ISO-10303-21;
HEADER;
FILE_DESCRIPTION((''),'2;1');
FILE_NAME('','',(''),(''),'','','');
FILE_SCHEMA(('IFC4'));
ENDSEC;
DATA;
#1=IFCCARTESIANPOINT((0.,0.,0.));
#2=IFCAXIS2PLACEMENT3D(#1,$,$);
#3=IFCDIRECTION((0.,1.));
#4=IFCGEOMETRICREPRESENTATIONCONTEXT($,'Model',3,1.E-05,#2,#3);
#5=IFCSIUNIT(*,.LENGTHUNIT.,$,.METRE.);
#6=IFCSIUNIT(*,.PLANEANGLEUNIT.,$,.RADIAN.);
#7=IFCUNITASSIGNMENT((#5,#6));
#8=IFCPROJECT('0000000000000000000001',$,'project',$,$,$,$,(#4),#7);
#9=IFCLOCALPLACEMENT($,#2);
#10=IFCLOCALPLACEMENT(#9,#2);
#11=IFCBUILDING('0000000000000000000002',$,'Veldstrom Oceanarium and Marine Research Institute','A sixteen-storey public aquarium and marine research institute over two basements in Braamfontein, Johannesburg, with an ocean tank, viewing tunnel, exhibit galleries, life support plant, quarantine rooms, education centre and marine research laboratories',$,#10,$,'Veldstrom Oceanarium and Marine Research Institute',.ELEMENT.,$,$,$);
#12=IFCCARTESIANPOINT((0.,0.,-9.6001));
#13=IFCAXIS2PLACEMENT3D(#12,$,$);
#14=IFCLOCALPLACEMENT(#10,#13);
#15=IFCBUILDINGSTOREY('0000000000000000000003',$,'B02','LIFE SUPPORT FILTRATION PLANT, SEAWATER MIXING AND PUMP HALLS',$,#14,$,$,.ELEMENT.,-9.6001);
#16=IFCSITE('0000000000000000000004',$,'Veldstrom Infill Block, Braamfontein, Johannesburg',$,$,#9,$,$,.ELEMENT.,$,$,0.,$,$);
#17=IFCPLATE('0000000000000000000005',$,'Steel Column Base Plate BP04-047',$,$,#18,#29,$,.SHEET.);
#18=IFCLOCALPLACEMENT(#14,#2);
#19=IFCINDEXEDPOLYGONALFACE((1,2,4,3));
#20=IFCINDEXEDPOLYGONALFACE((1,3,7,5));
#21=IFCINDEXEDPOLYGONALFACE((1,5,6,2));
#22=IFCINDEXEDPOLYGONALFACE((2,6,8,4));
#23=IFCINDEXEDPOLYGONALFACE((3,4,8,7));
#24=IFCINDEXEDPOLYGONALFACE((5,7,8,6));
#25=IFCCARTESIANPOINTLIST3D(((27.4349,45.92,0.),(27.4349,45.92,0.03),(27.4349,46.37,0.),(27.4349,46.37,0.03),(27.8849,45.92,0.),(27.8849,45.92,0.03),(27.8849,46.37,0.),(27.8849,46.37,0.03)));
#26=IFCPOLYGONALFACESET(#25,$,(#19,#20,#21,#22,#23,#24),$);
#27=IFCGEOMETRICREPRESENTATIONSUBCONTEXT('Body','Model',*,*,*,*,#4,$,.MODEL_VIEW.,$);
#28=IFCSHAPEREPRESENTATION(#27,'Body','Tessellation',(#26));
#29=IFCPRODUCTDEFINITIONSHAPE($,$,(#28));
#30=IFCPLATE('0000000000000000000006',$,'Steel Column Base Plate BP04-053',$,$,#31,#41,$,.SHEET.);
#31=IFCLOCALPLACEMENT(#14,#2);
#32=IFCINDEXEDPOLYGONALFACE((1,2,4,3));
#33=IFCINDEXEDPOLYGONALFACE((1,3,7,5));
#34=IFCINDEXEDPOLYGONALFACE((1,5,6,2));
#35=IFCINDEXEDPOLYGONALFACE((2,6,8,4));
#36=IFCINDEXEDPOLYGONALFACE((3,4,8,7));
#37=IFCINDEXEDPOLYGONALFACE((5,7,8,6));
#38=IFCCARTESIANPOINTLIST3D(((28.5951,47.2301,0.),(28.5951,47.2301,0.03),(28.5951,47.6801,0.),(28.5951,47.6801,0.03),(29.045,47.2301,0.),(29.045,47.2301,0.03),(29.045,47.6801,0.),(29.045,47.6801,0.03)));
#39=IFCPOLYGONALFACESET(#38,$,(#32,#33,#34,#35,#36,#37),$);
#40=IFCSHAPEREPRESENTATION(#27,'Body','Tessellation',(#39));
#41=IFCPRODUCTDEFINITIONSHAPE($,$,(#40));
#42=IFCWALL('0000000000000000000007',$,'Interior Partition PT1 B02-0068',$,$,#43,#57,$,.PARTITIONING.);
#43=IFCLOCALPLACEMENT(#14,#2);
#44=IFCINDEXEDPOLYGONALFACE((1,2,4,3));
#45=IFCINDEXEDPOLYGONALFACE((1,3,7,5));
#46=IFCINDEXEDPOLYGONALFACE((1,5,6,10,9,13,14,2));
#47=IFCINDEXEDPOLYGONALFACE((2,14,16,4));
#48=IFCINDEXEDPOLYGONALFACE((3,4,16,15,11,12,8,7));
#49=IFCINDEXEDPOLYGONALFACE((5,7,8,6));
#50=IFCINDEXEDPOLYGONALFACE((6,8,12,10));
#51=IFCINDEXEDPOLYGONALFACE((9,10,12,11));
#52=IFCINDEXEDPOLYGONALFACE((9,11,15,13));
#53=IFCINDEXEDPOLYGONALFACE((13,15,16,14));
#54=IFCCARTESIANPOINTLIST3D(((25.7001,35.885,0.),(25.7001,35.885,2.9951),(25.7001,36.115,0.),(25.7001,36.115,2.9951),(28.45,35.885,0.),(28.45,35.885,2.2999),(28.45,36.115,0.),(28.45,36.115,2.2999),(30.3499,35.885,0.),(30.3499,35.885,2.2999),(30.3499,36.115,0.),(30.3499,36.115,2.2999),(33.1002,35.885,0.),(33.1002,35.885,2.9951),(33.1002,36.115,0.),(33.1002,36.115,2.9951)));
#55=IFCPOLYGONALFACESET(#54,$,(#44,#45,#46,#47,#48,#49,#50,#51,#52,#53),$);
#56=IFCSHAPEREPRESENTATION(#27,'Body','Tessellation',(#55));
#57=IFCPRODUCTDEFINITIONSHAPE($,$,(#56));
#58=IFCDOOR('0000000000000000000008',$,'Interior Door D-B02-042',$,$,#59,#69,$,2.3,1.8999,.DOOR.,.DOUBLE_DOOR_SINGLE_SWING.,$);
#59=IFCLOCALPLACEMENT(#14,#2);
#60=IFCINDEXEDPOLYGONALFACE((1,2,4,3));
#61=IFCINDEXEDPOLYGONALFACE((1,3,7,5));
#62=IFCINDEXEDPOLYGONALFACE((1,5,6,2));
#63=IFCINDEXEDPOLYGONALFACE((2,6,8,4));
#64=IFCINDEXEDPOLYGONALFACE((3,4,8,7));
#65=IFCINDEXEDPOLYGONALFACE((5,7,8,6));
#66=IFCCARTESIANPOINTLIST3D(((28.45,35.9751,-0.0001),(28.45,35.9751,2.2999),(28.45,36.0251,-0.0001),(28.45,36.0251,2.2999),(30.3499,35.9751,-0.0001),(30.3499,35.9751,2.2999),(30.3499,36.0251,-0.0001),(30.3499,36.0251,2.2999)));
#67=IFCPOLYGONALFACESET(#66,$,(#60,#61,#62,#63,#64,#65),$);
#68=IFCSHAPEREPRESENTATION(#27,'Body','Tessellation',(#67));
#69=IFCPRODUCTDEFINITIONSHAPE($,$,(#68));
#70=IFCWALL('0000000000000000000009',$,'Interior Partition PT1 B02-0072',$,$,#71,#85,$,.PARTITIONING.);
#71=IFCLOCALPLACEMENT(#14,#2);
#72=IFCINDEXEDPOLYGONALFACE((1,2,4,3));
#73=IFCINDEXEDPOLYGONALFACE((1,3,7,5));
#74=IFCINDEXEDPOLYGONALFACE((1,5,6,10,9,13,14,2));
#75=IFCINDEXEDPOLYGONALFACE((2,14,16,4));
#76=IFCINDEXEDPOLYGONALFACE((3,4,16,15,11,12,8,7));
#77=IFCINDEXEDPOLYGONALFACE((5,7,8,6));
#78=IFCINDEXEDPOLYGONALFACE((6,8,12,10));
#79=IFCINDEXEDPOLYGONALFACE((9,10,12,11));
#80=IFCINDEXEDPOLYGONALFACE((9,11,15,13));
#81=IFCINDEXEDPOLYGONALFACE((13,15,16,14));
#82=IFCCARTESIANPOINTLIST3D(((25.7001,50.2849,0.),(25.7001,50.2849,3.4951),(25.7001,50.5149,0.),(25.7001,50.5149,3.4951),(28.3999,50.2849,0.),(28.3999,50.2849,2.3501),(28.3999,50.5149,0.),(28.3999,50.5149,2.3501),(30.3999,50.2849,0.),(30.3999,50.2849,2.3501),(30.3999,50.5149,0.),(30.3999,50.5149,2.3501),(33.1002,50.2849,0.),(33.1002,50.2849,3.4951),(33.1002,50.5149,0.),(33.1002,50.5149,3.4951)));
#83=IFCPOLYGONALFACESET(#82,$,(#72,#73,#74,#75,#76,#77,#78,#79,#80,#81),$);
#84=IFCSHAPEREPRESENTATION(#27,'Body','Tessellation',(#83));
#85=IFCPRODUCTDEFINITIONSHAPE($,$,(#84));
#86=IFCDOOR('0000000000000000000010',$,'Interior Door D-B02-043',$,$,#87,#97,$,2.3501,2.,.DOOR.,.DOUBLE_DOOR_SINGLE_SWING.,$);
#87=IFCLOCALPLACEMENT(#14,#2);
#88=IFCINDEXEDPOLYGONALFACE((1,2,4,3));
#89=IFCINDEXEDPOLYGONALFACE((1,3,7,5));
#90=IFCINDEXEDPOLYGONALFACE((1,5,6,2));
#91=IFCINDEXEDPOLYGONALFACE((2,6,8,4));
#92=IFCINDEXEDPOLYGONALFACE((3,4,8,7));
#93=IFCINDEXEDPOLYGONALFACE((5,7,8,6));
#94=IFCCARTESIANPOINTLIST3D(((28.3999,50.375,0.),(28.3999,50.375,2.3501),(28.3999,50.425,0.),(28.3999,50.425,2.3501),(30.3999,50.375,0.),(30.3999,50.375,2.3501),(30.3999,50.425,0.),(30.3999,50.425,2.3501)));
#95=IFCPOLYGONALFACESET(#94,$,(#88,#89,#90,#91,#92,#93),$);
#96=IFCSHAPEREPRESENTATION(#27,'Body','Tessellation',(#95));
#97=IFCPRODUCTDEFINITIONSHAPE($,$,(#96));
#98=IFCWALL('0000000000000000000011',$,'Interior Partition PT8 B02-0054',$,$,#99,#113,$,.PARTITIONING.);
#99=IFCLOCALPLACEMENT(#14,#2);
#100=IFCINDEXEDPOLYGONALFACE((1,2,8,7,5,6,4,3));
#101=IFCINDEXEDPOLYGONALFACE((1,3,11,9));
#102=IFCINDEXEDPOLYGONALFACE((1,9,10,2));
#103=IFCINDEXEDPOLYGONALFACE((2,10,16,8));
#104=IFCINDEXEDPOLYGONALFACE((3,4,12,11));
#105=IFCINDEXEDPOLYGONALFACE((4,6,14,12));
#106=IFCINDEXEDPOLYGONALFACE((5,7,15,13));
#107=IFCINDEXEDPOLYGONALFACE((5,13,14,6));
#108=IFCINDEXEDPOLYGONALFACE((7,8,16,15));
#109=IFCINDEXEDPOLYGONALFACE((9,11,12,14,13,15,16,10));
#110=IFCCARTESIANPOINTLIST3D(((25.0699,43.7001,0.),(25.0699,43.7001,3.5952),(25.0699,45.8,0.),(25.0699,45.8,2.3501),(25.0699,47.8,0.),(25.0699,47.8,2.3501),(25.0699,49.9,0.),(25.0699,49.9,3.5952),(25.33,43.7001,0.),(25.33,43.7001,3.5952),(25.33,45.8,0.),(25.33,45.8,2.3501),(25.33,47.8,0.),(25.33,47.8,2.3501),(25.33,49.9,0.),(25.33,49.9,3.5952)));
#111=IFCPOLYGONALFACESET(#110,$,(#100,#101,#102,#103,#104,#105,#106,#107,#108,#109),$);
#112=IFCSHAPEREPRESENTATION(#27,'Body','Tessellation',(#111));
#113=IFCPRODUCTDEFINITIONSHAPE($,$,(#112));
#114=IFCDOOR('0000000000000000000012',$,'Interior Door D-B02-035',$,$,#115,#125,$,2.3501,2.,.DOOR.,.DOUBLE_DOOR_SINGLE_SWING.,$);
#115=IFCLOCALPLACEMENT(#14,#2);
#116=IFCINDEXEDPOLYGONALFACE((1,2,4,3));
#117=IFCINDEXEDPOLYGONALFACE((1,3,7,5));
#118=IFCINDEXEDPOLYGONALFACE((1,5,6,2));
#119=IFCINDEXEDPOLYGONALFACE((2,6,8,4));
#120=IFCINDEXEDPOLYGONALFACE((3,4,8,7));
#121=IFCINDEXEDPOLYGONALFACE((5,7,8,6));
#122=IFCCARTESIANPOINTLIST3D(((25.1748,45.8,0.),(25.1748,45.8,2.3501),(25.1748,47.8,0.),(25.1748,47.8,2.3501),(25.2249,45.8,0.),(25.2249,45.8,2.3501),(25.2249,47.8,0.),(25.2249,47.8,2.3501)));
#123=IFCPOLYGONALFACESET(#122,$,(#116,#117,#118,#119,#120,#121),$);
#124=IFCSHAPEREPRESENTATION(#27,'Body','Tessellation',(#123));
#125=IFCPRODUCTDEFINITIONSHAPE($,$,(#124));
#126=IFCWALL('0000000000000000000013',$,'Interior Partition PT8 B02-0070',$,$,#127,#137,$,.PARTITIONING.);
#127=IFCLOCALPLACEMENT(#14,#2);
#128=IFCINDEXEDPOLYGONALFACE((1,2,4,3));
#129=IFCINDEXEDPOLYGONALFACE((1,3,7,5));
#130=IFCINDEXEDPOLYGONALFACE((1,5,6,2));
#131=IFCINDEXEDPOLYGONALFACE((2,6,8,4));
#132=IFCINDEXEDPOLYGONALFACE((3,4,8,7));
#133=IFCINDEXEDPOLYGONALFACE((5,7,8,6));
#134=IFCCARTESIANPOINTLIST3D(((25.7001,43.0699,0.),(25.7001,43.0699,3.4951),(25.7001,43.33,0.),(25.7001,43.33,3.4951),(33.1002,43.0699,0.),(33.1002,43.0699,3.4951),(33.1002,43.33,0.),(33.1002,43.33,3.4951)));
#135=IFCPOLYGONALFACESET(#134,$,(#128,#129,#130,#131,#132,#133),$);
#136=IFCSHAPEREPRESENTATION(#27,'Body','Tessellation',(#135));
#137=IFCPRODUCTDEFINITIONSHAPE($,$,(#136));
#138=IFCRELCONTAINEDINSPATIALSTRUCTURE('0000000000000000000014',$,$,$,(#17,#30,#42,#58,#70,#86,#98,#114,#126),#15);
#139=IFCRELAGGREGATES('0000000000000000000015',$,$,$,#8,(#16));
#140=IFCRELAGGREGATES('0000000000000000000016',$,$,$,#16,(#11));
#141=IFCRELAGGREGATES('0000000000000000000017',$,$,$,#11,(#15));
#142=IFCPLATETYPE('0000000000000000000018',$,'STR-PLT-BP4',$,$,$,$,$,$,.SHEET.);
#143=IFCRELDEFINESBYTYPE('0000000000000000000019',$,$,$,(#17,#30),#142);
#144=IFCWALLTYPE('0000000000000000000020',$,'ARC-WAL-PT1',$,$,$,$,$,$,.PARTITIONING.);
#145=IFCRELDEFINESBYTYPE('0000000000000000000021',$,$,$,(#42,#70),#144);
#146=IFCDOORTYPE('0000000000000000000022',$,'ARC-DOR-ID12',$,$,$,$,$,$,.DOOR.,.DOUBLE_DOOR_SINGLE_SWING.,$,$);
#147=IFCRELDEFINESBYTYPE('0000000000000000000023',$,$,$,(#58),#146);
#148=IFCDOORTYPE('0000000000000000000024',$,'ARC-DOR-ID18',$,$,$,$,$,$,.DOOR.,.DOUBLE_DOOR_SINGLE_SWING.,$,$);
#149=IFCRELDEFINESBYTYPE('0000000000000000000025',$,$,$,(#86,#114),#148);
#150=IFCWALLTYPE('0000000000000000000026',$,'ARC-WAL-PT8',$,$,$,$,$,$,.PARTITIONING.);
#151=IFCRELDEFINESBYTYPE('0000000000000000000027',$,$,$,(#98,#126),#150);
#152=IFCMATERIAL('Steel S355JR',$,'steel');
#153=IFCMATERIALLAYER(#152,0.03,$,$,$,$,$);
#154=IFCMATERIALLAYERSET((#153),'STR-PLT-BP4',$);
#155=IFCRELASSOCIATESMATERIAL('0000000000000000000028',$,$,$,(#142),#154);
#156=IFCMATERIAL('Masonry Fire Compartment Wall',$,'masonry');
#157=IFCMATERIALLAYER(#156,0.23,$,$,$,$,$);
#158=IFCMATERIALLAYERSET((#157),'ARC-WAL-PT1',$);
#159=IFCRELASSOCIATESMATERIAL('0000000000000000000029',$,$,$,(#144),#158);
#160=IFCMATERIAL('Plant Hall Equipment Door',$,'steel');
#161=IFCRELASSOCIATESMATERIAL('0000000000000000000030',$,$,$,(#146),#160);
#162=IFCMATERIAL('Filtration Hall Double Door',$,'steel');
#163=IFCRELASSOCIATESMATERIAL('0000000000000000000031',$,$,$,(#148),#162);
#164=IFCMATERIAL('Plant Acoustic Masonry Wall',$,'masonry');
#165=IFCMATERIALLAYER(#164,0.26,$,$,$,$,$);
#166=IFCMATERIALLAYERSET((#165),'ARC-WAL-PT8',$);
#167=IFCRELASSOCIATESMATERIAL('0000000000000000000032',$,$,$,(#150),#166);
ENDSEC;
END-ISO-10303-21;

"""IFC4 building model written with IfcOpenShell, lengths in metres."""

from ifc_helpers import new_model, si_unit, direction, frame, frame_2d, origin, origin_2d, place, context, subcontext, project, spatial, rectangle, extrude, material, layer, layer_set, type_object, element, fill, save


model = new_model("IFC4")

# Units and contexts
model_context = context("Model", 3, precision=1e-05, world=origin(), true_north=direction((0.0, 1.0)))
body_context = subcontext(model_context, "Body", "Model", "MODEL_VIEW")
ifc_project = project(units=[si_unit("LENGTHUNIT", "METRE"), si_unit("PLANEANGLEUNIT", "RADIAN")], contexts=[model_context])

# Site, building, storey
site_placement = place(None, origin())
site = spatial("IfcSite", under=ifc_project, at=site_placement, Name="Veldstrom Infill Block, Braamfontein, Johannesburg", CompositionType="ELEMENT", RefElevation=0.0)
building_placement = place(site_placement, origin())
building = spatial("IfcBuilding", under=site, at=building_placement, Name="Veldstrom Oceanarium and Marine Research Institute", Description="A sixteen-storey public aquarium and marine research institute over two basements in Braamfontein, Johannesburg, with an ocean tank, viewing tunnel, exhibit galleries, life support plant, quarantine rooms, education centre and marine research laboratories", LongName="Veldstrom Oceanarium and Marine Research Institute", CompositionType="ELEMENT")
storey_placement = place(building_placement, frame((0.0, 0.0, -9.6001)))
storey = spatial("IfcBuildingStorey", under=building, at=storey_placement, Name="B02", Description="LIFE SUPPORT FILTRATION PLANT, SEAWATER MIXING AND PUMP HALLS", CompositionType="ELEMENT", Elevation=-9.6001)

# Plates
ifc_material_1 = material(Name="Steel S355JR", Category="steel")
ifc_layer_1 = layer(ifc_material_1, 0.03)
ifc_layer_set_1 = layer_set([ifc_layer_1], Name="STR-PLT-BP4")
plate_type_1 = type_object("IfcPlateType", Name="STR-PLT-BP4", PredefinedType="SHEET", material=ifc_layer_set_1)
for number, where, z_axis, x_axis, name in (
    (1, (27.6599, 46.145, 0.0), (0.0, 0.0, 1.0), (1.0, 0.0, 0.0), "Steel Column Base Plate BP04-047"),
    (2, (28.8201, 47.4551, 0.0), (0.0, 0.0, 1.0), (1.0, 0.0, 0.0), "Steel Column Base Plate BP04-053"),
):
    element("IfcPlate", number, at=place(storey_placement, frame(where, z_axis=z_axis, x_axis=x_axis)), inside=storey, type_object=plate_type_1, Name=name, PredefinedType="SHEET", context=body_context, shape_type="SweptSolid", body=[
        extrude(rectangle(XDim=0.45, YDim=0.45, at=origin_2d()), origin(), (0.0, 0.0, 1.0), 0.03),
    ])

# Walls, openings, doors
ifc_material_2 = material(Name="Masonry Fire Compartment Wall", Category="masonry")
ifc_layer_2 = layer(ifc_material_2, 0.23)
ifc_layer_set_2 = layer_set([ifc_layer_2], Name="ARC-WAL-PT1")
wall_type_1 = type_object("IfcWallType", Name="ARC-WAL-PT1", PredefinedType="PARTITIONING", material=ifc_layer_set_2)
wall_1_placement = place(storey_placement, frame((25.7, 36.0, 0.0), z_axis=(0.0, 0.0, 1.0), x_axis=(1.0, 0.0, 0.0)))
wall_1 = element("IfcWall", 3, at=wall_1_placement, inside=storey, type_object=wall_type_1, Name="Interior Partition PT1 B02-0068", PredefinedType="PARTITIONING", context=body_context, shape_type="SweptSolid", body=[
    extrude(rectangle(XDim=7.4001, YDim=0.23, at=frame_2d((3.7002, 0.0))), origin(), (0.0, 0.0, 1.0), 2.9951),
])
opening_1_placement = place(wall_1_placement, frame((2.75, 0.0, 0.0)))
opening_1 = element("IfcOpeningElement", 4, at=opening_1_placement, cuts=wall_1, PredefinedType="OPENING", context=body_context, shape_type="SweptSolid", body=[
    extrude(rectangle(XDim=1.8999, YDim=2.3, at=frame_2d((0.95, 1.1499))), frame((0.0, 0.125, 0.0), z_axis=(0.0, -1.0, 0.0), x_axis=(1.0, 0.0, 0.0)), (0.0, 0.0, 1.0), 0.25),
])
ifc_material_3 = material(Name="Plant Hall Equipment Door", Category="steel")
door_type_1 = type_object("IfcDoorType", Name="ARC-DOR-ID12", OperationType="DOUBLE_DOOR_SINGLE_SWING", PredefinedType="DOOR", material=ifc_material_3)
door_1_placement = place(opening_1_placement, frame((1.8999, 0.0, 0.0), z_axis=(0.0, 0.0, 1.0), x_axis=(-1.0, 0.0, 0.0)))
door_1 = element("IfcDoor", 5, at=door_1_placement, inside=storey, type_object=door_type_1, Name="Interior Door D-B02-042", OperationType="DOUBLE_DOOR_SINGLE_SWING", OverallHeight=2.3, OverallWidth=1.8999, PredefinedType="DOOR", context=body_context, shape_type="SweptSolid", body=[
    extrude(rectangle(XDim=1.8999, YDim=2.3, at=frame_2d((0.95, 1.1499))), frame((0.0, 0.0249, 0.0), z_axis=(0.0, -1.0, 0.0), x_axis=(1.0, 0.0, 0.0)), (0.0, 0.0, 1.0), 0.05),
])
fill(opening_1, door_1)
wall_2_placement = place(storey_placement, frame((25.7, 50.3999, 0.0), z_axis=(0.0, 0.0, 1.0), x_axis=(1.0, 0.0, 0.0)))
wall_2 = element("IfcWall", 6, at=wall_2_placement, inside=storey, type_object=wall_type_1, Name="Interior Partition PT1 B02-0072", PredefinedType="PARTITIONING", context=body_context, shape_type="SweptSolid", body=[
    extrude(rectangle(XDim=7.4001, YDim=0.23, at=frame_2d((3.7002, 0.0))), origin(), (0.0, 0.0, 1.0), 3.4951),
])
opening_2_placement = place(wall_2_placement, frame((2.7, 0.0, 0.0)))
opening_2 = element("IfcOpeningElement", 7, at=opening_2_placement, cuts=wall_2, PredefinedType="OPENING", context=body_context, shape_type="SweptSolid", body=[
    extrude(rectangle(XDim=2.0, YDim=2.3501, at=frame_2d((1.0, 1.175))), frame((0.0, 0.125, 0.0), z_axis=(0.0, -1.0, 0.0), x_axis=(1.0, 0.0, 0.0)), (0.0, 0.0, 1.0), 0.25),
])
ifc_material_4 = material(Name="Filtration Hall Double Door", Category="steel")
door_type_2 = type_object("IfcDoorType", Name="ARC-DOR-ID18", OperationType="DOUBLE_DOOR_SINGLE_SWING", PredefinedType="DOOR", material=ifc_material_4)
door_2_placement = place(opening_2_placement, frame((2.0, 0.0, 0.0), z_axis=(0.0, 0.0, 1.0), x_axis=(-1.0, 0.0, 0.0)))
door_2 = element("IfcDoor", 8, at=door_2_placement, inside=storey, type_object=door_type_2, Name="Interior Door D-B02-043", OperationType="DOUBLE_DOOR_SINGLE_SWING", OverallHeight=2.3501, OverallWidth=2.0, PredefinedType="DOOR", context=body_context, shape_type="SweptSolid", body=[
    extrude(rectangle(XDim=2.0, YDim=2.3501, at=frame_2d((1.0, 1.175))), frame((0.0, 0.0249, 0.0), z_axis=(0.0, -1.0, 0.0), x_axis=(1.0, 0.0, 0.0)), (0.0, 0.0, 1.0), 0.05),
])
fill(opening_2, door_2)
ifc_material_5 = material(Name="Plant Acoustic Masonry Wall", Category="masonry")
ifc_layer_3 = layer(ifc_material_5, 0.26)
ifc_layer_set_3 = layer_set([ifc_layer_3], Name="ARC-WAL-PT8")
wall_type_2 = type_object("IfcWallType", Name="ARC-WAL-PT8", PredefinedType="PARTITIONING", material=ifc_layer_set_3)
wall_3_placement = place(storey_placement, frame((25.2, 43.7, 0.0), z_axis=(0.0, 0.0, 1.0), x_axis=(0.0, 1.0, 0.0)))
wall_3 = element("IfcWall", 9, at=wall_3_placement, inside=storey, type_object=wall_type_2, Name="Interior Partition PT8 B02-0054", PredefinedType="PARTITIONING", context=body_context, shape_type="SweptSolid", body=[
    extrude(rectangle(XDim=6.2, YDim=0.26, at=frame_2d((3.1001, 0.0))), origin(), (0.0, 0.0, 1.0), 3.5952),
])
opening_3_placement = place(wall_3_placement, frame((2.1001, 0.0, 0.0)))
opening_3 = element("IfcOpeningElement", 10, at=opening_3_placement, cuts=wall_3, PredefinedType="OPENING", context=body_context, shape_type="SweptSolid", body=[
    extrude(rectangle(XDim=2.0, YDim=2.3501, at=frame_2d((1.0, 1.175))), frame((0.0, 0.1399, 0.0), z_axis=(0.0, -1.0, 0.0), x_axis=(1.0, 0.0, 0.0)), (0.0, 0.0, 1.0), 0.28),
])
door_3_placement = place(opening_3_placement, frame((2.0, 0.0, 0.0), z_axis=(0.0, 0.0, 1.0), x_axis=(-1.0, 0.0, 0.0)))
door_3 = element("IfcDoor", 11, at=door_3_placement, inside=storey, type_object=door_type_2, Name="Interior Door D-B02-035", OperationType="DOUBLE_DOOR_SINGLE_SWING", OverallHeight=2.3501, OverallWidth=2.0, PredefinedType="DOOR", context=body_context, shape_type="SweptSolid", body=[
    extrude(rectangle(XDim=2.0, YDim=2.3501, at=frame_2d((1.0, 1.175))), frame((0.0, 0.0249, 0.0), z_axis=(0.0, -1.0, 0.0), x_axis=(1.0, 0.0, 0.0)), (0.0, 0.0, 1.0), 0.05),
])
fill(opening_3, door_3)

# Wall
wall_4_placement = place(storey_placement, frame((25.7, 43.2, 0.0), z_axis=(0.0, 0.0, 1.0), x_axis=(1.0, 0.0, 0.0)))
element("IfcWall", 12, at=wall_4_placement, inside=storey, type_object=wall_type_2, Name="Interior Partition PT8 B02-0070", PredefinedType="PARTITIONING", context=body_context, shape_type="SweptSolid", body=[
    extrude(rectangle(XDim=7.4001, YDim=0.26, at=frame_2d((3.7002, 0.0))), origin(), (0.0, 0.0, 1.0), 3.4951),
])

save(model, "model.ifc")
